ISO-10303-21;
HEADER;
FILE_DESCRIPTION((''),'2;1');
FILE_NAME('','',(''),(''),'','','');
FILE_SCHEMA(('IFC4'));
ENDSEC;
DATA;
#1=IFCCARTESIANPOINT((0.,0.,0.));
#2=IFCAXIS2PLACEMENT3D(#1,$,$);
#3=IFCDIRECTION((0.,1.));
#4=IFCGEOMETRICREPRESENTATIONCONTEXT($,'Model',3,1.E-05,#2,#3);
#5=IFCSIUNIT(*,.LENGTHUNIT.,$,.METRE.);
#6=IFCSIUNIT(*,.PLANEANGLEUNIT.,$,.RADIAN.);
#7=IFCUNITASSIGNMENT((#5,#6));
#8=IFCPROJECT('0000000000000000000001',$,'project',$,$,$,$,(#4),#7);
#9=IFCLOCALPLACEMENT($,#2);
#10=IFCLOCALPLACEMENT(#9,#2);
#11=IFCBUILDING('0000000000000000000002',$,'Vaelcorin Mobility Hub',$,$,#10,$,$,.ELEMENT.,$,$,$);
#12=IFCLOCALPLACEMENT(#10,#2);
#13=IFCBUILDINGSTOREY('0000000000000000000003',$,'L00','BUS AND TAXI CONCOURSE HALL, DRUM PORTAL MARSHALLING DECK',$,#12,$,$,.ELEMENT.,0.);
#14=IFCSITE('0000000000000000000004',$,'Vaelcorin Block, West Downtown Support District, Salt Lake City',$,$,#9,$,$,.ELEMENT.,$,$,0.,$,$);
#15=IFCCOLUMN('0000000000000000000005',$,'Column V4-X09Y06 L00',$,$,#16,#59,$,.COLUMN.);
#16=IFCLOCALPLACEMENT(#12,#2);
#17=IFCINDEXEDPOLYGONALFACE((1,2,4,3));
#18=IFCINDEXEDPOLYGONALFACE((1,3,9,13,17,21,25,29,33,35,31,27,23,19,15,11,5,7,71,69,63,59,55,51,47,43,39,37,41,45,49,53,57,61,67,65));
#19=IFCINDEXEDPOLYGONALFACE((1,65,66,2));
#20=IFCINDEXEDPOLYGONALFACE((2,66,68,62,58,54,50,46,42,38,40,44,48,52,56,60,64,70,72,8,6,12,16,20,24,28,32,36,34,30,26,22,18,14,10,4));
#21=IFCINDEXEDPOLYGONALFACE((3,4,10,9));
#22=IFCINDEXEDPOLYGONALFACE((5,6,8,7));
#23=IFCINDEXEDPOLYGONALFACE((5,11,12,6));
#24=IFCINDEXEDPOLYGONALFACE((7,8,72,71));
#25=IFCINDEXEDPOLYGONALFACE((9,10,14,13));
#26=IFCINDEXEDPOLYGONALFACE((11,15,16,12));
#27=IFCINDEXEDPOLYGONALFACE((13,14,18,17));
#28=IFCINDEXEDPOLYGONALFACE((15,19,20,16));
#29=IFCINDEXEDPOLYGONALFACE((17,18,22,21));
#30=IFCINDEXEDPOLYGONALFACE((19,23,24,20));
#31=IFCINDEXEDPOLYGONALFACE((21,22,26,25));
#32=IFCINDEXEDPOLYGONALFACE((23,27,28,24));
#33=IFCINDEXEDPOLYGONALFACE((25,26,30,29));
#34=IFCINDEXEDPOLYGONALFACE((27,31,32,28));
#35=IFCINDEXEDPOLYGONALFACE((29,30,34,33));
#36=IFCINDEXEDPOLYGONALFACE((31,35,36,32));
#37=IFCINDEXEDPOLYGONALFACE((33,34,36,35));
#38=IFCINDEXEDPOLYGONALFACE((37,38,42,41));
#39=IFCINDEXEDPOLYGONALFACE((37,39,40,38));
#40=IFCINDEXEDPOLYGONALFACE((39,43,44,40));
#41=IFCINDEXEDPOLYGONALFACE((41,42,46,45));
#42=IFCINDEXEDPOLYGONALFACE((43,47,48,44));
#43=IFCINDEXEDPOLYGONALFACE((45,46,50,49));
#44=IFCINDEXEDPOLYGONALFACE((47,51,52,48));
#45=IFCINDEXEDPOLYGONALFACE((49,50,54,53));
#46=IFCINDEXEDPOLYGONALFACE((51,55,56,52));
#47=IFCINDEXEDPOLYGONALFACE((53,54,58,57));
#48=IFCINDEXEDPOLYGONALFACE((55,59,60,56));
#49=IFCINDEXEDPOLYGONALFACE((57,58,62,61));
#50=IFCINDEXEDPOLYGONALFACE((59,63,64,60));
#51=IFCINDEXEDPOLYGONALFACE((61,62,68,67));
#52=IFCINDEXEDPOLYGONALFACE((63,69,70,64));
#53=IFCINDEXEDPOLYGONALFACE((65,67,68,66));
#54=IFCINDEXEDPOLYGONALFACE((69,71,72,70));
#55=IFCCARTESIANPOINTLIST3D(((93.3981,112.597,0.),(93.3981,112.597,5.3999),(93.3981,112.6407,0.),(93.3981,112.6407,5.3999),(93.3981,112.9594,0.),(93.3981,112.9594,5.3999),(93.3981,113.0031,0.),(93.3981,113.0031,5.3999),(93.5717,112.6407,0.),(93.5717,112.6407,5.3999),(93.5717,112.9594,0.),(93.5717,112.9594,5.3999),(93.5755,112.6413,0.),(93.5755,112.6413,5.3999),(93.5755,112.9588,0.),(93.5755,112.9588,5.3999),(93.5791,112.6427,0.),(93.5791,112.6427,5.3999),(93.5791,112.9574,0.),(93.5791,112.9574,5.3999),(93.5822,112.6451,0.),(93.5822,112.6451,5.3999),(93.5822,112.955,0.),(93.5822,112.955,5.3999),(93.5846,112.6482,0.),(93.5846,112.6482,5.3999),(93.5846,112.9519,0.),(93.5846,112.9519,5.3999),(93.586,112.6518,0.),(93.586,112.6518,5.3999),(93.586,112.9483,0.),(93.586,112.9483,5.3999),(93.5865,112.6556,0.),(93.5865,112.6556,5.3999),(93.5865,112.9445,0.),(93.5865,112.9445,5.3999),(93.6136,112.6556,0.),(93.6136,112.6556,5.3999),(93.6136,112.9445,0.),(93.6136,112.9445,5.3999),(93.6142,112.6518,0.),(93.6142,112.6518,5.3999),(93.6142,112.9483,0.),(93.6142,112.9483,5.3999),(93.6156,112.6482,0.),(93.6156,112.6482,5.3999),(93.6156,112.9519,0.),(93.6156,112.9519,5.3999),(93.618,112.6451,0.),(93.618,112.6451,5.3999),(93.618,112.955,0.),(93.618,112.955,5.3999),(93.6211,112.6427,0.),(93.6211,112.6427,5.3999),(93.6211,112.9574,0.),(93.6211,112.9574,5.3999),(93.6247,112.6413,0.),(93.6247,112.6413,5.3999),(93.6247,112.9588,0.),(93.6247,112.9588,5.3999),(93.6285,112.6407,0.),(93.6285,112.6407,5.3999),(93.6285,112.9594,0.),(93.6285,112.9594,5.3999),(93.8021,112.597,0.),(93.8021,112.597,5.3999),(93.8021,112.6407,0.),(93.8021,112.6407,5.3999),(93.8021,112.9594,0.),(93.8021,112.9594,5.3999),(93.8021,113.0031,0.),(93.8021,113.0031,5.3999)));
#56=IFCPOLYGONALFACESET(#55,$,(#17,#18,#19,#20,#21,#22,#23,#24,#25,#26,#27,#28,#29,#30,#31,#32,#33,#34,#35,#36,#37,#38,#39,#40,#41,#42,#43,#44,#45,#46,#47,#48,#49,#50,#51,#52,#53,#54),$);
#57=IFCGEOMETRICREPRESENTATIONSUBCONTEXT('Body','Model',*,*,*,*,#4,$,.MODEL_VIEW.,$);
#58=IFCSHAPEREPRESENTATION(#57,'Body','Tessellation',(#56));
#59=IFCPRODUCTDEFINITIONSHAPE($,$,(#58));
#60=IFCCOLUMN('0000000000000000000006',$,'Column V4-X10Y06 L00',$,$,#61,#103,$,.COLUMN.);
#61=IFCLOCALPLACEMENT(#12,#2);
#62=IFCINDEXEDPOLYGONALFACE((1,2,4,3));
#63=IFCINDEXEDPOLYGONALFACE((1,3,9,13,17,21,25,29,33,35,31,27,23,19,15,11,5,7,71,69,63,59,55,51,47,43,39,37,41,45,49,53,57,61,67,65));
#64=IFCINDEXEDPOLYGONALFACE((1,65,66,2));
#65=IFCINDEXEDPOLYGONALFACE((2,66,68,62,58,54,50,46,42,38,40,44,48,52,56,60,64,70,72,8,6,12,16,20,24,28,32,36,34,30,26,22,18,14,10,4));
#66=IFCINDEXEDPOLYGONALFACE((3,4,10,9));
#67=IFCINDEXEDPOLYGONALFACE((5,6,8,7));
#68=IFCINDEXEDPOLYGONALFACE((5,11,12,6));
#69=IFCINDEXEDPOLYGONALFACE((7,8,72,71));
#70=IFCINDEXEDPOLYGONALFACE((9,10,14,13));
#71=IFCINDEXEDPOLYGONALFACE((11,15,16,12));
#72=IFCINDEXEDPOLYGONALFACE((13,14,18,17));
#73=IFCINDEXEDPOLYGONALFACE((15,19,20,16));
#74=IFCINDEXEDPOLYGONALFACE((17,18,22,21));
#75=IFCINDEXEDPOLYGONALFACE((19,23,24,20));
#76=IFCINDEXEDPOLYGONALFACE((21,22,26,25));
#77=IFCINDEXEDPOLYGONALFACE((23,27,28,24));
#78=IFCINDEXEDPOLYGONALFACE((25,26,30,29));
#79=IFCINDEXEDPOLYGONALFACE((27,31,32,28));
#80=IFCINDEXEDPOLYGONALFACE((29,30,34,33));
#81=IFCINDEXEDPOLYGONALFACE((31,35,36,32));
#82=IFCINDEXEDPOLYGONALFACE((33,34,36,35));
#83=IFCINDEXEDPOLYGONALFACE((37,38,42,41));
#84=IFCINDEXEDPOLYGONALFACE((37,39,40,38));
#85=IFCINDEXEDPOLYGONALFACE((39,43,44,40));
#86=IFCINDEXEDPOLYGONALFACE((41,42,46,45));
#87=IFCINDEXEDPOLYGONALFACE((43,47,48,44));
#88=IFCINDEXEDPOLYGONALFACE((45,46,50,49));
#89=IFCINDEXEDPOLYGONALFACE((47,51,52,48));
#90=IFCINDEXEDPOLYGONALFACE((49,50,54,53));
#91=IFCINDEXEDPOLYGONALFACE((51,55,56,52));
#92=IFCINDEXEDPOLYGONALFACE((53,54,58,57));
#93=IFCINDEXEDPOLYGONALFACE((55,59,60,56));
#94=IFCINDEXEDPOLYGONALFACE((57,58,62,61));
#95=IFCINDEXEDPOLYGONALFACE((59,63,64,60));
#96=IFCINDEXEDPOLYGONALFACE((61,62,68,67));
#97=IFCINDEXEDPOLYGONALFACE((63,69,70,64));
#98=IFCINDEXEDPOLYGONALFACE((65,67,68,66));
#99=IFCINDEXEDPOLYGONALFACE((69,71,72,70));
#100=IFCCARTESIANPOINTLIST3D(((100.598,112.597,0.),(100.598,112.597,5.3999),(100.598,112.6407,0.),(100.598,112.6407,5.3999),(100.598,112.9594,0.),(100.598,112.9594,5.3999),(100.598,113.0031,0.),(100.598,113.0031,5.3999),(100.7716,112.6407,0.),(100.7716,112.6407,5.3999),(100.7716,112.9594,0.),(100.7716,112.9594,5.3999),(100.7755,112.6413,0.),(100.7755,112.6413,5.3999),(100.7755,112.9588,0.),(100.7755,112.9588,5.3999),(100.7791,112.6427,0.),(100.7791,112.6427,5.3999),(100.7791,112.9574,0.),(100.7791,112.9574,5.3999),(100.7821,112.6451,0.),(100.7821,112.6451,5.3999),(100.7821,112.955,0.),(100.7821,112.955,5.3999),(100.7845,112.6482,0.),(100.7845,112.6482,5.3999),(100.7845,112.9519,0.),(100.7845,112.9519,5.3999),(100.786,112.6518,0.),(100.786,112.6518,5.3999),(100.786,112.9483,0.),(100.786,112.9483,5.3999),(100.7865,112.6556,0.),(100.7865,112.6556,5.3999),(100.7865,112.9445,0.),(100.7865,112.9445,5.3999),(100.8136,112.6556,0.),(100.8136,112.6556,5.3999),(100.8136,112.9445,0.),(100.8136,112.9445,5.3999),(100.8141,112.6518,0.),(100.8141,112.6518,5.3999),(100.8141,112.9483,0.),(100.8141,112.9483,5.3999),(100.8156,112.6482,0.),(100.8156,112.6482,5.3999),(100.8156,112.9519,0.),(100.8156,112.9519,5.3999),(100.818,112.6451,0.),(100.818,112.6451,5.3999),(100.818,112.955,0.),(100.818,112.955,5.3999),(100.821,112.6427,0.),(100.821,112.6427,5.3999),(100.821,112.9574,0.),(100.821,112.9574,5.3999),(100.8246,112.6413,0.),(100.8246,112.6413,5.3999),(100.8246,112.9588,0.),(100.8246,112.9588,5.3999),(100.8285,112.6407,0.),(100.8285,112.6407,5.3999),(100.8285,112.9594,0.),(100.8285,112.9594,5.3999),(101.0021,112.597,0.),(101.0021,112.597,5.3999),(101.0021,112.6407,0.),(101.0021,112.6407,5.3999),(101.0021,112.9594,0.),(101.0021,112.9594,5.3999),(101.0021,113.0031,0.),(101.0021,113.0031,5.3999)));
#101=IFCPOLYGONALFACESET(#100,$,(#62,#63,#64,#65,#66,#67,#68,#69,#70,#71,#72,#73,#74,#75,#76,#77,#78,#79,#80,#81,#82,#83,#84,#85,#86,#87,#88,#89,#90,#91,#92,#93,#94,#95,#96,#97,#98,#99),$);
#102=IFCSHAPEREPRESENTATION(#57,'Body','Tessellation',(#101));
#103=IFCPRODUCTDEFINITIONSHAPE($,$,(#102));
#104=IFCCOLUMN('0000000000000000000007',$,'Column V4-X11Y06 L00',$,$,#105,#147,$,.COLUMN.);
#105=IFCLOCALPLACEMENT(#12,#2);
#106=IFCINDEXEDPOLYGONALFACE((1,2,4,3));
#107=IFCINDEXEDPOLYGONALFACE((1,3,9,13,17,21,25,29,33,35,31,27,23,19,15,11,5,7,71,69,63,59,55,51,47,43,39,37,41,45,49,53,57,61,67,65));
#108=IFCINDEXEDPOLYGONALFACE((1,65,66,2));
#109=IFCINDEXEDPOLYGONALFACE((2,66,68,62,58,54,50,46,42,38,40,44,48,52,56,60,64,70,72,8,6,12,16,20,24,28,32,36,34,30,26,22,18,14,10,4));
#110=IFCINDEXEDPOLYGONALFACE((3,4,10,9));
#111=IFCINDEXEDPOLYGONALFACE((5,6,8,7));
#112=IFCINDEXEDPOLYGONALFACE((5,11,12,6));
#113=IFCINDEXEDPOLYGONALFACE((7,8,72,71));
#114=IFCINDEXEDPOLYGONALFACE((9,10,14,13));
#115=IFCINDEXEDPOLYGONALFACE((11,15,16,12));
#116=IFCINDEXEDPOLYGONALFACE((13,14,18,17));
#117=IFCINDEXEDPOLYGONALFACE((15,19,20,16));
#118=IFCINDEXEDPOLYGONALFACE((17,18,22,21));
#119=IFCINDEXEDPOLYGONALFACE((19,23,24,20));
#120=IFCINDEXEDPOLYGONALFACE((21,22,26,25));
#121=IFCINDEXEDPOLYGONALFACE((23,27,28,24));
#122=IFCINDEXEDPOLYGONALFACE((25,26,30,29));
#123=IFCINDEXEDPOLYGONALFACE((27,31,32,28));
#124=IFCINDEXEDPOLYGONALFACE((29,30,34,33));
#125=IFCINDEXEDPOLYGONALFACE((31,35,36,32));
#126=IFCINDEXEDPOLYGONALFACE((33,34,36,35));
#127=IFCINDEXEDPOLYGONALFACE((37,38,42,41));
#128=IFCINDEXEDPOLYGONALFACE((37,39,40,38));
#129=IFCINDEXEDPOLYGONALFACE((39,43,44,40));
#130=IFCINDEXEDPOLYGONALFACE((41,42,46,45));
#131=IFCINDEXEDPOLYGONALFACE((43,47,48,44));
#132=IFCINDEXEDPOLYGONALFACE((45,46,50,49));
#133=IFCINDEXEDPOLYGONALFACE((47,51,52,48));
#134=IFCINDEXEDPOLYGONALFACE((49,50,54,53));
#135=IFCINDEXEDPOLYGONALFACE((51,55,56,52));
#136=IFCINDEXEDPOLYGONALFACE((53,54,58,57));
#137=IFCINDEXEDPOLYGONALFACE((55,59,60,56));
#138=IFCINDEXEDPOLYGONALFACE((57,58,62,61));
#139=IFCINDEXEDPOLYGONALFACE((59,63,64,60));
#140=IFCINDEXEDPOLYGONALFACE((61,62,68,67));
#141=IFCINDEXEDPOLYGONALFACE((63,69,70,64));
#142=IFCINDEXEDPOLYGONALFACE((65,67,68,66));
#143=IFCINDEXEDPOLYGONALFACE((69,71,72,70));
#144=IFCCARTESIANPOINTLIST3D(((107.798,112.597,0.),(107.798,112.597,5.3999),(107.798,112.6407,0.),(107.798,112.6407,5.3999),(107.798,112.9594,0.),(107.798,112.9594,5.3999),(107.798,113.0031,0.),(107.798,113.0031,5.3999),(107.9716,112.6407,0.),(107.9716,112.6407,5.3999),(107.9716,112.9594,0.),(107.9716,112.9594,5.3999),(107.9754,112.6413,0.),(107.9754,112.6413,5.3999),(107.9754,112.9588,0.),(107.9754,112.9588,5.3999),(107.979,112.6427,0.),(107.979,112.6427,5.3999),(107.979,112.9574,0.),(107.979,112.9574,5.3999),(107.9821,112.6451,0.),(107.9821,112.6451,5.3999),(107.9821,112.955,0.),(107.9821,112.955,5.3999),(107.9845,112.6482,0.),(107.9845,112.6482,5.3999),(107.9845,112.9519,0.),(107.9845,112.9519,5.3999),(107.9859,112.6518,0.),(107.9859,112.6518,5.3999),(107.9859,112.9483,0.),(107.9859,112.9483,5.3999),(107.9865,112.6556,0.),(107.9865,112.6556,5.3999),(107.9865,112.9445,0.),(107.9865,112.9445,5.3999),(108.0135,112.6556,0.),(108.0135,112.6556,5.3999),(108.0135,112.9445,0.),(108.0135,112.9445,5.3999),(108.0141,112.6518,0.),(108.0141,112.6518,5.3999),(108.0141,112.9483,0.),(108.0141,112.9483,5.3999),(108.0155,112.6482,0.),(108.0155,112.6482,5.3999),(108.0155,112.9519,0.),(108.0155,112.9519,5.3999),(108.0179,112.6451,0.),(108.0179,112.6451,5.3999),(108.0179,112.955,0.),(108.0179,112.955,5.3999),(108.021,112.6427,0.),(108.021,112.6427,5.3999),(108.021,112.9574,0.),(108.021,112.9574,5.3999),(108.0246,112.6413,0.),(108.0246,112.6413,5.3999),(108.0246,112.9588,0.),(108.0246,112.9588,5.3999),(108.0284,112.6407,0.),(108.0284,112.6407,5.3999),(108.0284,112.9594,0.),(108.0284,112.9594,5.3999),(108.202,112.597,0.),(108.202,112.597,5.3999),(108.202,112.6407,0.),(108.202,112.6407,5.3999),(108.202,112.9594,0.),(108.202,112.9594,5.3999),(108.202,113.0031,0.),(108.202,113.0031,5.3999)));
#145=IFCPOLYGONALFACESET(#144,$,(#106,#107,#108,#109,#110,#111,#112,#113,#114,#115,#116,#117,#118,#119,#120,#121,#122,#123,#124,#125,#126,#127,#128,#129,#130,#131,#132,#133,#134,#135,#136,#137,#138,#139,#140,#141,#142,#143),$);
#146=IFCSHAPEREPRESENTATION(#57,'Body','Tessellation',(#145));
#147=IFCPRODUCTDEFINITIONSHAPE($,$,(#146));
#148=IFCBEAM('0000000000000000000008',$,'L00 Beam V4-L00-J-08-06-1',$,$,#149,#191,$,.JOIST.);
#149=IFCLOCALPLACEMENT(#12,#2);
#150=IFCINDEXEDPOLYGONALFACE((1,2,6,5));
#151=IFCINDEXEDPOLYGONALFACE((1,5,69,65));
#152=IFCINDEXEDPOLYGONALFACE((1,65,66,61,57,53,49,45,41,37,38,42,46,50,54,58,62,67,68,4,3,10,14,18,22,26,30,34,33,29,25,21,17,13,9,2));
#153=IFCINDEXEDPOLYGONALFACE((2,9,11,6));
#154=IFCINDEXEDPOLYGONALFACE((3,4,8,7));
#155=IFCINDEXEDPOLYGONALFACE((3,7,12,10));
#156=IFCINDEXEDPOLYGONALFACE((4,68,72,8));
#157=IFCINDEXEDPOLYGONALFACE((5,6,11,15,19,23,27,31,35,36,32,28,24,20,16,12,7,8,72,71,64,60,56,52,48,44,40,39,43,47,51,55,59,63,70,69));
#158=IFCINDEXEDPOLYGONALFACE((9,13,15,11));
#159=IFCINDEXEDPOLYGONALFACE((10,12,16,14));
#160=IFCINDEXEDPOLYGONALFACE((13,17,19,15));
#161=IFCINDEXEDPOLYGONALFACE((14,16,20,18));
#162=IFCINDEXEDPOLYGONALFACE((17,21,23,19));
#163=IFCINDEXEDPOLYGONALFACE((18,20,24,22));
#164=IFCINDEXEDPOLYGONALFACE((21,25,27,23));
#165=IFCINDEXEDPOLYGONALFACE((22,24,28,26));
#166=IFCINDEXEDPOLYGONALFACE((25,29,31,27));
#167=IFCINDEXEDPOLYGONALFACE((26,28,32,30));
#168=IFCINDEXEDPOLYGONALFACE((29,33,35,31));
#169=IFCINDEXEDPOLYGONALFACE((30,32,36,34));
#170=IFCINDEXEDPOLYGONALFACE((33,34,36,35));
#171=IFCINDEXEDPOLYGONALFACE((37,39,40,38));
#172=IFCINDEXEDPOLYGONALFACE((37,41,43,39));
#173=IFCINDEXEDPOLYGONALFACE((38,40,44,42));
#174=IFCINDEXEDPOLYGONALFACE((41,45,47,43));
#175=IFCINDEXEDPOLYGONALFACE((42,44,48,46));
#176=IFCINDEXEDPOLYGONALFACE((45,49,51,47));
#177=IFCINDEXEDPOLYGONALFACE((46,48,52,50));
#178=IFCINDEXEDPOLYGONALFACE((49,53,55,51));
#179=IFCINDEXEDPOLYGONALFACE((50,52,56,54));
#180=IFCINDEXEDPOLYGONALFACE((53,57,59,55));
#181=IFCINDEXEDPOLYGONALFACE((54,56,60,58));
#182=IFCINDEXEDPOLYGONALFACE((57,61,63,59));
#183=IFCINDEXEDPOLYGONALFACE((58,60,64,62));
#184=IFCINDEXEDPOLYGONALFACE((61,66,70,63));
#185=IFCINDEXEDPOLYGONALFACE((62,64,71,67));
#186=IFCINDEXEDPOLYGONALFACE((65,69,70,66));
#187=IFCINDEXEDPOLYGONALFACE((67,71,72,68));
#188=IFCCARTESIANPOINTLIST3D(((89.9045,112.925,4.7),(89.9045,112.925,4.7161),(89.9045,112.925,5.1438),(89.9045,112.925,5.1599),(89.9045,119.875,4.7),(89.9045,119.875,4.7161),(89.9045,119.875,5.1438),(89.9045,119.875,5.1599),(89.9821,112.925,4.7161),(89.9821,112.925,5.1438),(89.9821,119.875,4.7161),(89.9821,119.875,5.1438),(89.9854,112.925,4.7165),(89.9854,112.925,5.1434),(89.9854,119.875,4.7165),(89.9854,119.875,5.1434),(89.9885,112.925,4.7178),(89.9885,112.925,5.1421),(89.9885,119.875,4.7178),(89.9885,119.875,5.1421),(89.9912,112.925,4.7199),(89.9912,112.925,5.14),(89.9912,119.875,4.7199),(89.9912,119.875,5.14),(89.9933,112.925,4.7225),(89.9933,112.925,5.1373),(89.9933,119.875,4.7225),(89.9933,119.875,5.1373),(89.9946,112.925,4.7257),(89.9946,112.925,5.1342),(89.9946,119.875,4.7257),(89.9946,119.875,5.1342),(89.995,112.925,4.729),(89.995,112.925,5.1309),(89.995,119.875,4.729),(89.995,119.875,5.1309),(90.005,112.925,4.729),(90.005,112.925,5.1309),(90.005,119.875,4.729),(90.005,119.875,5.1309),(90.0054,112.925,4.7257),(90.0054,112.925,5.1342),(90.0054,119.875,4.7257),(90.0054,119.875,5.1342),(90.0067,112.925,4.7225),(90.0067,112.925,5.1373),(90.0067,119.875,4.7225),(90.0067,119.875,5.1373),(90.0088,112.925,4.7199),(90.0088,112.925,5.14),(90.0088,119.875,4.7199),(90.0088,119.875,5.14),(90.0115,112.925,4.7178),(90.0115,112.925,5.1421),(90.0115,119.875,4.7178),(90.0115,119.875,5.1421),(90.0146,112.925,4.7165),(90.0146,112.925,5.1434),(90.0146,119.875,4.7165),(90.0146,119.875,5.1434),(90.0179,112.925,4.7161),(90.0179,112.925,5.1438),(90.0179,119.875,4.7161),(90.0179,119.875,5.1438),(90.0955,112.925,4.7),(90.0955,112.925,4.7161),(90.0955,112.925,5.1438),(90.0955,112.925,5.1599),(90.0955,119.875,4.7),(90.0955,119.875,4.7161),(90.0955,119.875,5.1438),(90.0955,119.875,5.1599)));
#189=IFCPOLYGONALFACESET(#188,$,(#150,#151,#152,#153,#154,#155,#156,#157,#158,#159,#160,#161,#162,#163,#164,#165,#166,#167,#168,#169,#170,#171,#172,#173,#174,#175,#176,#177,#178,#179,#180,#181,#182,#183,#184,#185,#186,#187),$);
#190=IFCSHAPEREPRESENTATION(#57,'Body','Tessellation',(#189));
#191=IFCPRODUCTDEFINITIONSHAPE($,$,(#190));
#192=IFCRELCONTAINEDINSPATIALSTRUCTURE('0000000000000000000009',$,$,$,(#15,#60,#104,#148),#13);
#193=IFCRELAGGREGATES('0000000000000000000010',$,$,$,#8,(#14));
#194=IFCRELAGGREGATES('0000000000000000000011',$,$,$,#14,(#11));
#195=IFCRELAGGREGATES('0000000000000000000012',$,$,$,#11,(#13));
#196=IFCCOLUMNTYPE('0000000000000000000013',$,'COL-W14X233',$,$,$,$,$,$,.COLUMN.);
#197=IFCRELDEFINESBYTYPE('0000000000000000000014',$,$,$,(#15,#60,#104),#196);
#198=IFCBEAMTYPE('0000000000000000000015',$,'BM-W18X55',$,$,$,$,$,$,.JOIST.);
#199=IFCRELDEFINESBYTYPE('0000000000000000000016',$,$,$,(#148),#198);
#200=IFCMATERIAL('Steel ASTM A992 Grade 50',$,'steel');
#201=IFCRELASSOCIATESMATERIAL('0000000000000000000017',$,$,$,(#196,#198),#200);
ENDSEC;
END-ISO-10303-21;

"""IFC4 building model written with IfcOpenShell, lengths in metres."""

from ifc_helpers import new_model, si_unit, direction, frame, origin, origin_2d, place, context, subcontext, project, spatial, i_section, extrude, material, material_profile, profile_set, type_object, element, save


model = new_model("IFC4")

# Units and contexts
model_context = context("Model", 3, precision=1e-05, world=origin(), true_north=direction((0.0, 1.0)))
body_context = subcontext(model_context, "Body", "Model", "MODEL_VIEW")
ifc_project = project(units=[si_unit("LENGTHUNIT", "METRE"), si_unit("PLANEANGLEUNIT", "RADIAN")], contexts=[model_context])

# Site, building, storey
site_placement = place(None, origin())
site = spatial("IfcSite", under=ifc_project, at=site_placement, Name="Vaelcorin Block, West Downtown Support District, Salt Lake City", CompositionType="ELEMENT", RefElevation=0.0)
building_placement = place(site_placement, origin())
building = spatial("IfcBuilding", under=site, at=building_placement, Name="Vaelcorin Mobility Hub", CompositionType="ELEMENT")
storey_placement = place(building_placement, origin())
storey = spatial("IfcBuildingStorey", under=building, at=storey_placement, Name="L00", Description="BUS AND TAXI CONCOURSE HALL, DRUM PORTAL MARSHALLING DECK", CompositionType="ELEMENT", Elevation=0.0)

# Columns
ifc_material_1 = material(Name="Steel ASTM A992 Grade 50", Category="steel")
ifc_material_profile_1 = material_profile(ifc_material_1, i_section(OverallWidth=0.4041, OverallDepth=0.406, WebThickness=0.0271, FlangeThickness=0.0437, FilletRadius=0.0149, at=origin_2d()), Name="W14X233")
ifc_profile_set_1 = profile_set([ifc_material_profile_1], Name="Steel ASTM A992 Grade 50")
column_type = type_object("IfcColumnType", Name="COL-W14X233", PredefinedType="COLUMN", material=ifc_profile_set_1)
for number, where, z_axis, x_axis, name in (
    (1, (93.6001, 112.8, 0.0), (0.0, 0.0, 1.0), (1.0, 0.0, 0.0), "Column V4-X09Y06 L00"),
    (2, (100.8, 112.8, 0.0), (0.0, 0.0, 1.0), (1.0, 0.0, 0.0), "Column V4-X10Y06 L00"),
    (3, (108.0, 112.8, 0.0), (0.0, 0.0, 1.0), (1.0, 0.0, 0.0), "Column V4-X11Y06 L00"),
):
    element("IfcColumn", number, at=place(storey_placement, frame(where, z_axis=z_axis, x_axis=x_axis)), inside=storey, type_object=column_type, Name=name, PredefinedType="COLUMN", context=body_context, shape_type="SweptSolid", body=[
        extrude(i_section(OverallWidth=0.4041, OverallDepth=0.406, WebThickness=0.0271, FlangeThickness=0.0437, FilletRadius=0.0149, at=origin_2d()), origin(), (0.0, 0.0, 1.0), 5.3999),
    ])

# Beam
ifc_material_profile_2 = material_profile(ifc_material_1, i_section(OverallWidth=0.1909, OverallDepth=0.46, WebThickness=0.01, FlangeThickness=0.0161, FilletRadius=0.0129, at=origin_2d()), Name="W18X55")
ifc_profile_set_2 = profile_set([ifc_material_profile_2], Name="Steel ASTM A992 Grade 50")
beam_type_1 = type_object("IfcBeamType", Name="BM-W18X55", PredefinedType="JOIST", material=ifc_profile_set_2)
beam_placement = place(storey_placement, frame((90.0, 112.925, 4.9299), z_axis=(0.0, 1.0, 0.0), x_axis=(-1.0, 0.0, 0.0)))
element("IfcBeam", 4, at=beam_placement, inside=storey, type_object=beam_type_1, Name="L00 Beam V4-L00-J-08-06-1", PredefinedType="JOIST", context=body_context, shape_type="SweptSolid", body=[
    extrude(i_section(OverallWidth=0.1909, OverallDepth=0.46, WebThickness=0.01, FlangeThickness=0.0161, FilletRadius=0.0129, at=origin_2d()), origin(), (0.0, 0.0, 1.0), 6.95),
])

save(model, "model.ifc")
